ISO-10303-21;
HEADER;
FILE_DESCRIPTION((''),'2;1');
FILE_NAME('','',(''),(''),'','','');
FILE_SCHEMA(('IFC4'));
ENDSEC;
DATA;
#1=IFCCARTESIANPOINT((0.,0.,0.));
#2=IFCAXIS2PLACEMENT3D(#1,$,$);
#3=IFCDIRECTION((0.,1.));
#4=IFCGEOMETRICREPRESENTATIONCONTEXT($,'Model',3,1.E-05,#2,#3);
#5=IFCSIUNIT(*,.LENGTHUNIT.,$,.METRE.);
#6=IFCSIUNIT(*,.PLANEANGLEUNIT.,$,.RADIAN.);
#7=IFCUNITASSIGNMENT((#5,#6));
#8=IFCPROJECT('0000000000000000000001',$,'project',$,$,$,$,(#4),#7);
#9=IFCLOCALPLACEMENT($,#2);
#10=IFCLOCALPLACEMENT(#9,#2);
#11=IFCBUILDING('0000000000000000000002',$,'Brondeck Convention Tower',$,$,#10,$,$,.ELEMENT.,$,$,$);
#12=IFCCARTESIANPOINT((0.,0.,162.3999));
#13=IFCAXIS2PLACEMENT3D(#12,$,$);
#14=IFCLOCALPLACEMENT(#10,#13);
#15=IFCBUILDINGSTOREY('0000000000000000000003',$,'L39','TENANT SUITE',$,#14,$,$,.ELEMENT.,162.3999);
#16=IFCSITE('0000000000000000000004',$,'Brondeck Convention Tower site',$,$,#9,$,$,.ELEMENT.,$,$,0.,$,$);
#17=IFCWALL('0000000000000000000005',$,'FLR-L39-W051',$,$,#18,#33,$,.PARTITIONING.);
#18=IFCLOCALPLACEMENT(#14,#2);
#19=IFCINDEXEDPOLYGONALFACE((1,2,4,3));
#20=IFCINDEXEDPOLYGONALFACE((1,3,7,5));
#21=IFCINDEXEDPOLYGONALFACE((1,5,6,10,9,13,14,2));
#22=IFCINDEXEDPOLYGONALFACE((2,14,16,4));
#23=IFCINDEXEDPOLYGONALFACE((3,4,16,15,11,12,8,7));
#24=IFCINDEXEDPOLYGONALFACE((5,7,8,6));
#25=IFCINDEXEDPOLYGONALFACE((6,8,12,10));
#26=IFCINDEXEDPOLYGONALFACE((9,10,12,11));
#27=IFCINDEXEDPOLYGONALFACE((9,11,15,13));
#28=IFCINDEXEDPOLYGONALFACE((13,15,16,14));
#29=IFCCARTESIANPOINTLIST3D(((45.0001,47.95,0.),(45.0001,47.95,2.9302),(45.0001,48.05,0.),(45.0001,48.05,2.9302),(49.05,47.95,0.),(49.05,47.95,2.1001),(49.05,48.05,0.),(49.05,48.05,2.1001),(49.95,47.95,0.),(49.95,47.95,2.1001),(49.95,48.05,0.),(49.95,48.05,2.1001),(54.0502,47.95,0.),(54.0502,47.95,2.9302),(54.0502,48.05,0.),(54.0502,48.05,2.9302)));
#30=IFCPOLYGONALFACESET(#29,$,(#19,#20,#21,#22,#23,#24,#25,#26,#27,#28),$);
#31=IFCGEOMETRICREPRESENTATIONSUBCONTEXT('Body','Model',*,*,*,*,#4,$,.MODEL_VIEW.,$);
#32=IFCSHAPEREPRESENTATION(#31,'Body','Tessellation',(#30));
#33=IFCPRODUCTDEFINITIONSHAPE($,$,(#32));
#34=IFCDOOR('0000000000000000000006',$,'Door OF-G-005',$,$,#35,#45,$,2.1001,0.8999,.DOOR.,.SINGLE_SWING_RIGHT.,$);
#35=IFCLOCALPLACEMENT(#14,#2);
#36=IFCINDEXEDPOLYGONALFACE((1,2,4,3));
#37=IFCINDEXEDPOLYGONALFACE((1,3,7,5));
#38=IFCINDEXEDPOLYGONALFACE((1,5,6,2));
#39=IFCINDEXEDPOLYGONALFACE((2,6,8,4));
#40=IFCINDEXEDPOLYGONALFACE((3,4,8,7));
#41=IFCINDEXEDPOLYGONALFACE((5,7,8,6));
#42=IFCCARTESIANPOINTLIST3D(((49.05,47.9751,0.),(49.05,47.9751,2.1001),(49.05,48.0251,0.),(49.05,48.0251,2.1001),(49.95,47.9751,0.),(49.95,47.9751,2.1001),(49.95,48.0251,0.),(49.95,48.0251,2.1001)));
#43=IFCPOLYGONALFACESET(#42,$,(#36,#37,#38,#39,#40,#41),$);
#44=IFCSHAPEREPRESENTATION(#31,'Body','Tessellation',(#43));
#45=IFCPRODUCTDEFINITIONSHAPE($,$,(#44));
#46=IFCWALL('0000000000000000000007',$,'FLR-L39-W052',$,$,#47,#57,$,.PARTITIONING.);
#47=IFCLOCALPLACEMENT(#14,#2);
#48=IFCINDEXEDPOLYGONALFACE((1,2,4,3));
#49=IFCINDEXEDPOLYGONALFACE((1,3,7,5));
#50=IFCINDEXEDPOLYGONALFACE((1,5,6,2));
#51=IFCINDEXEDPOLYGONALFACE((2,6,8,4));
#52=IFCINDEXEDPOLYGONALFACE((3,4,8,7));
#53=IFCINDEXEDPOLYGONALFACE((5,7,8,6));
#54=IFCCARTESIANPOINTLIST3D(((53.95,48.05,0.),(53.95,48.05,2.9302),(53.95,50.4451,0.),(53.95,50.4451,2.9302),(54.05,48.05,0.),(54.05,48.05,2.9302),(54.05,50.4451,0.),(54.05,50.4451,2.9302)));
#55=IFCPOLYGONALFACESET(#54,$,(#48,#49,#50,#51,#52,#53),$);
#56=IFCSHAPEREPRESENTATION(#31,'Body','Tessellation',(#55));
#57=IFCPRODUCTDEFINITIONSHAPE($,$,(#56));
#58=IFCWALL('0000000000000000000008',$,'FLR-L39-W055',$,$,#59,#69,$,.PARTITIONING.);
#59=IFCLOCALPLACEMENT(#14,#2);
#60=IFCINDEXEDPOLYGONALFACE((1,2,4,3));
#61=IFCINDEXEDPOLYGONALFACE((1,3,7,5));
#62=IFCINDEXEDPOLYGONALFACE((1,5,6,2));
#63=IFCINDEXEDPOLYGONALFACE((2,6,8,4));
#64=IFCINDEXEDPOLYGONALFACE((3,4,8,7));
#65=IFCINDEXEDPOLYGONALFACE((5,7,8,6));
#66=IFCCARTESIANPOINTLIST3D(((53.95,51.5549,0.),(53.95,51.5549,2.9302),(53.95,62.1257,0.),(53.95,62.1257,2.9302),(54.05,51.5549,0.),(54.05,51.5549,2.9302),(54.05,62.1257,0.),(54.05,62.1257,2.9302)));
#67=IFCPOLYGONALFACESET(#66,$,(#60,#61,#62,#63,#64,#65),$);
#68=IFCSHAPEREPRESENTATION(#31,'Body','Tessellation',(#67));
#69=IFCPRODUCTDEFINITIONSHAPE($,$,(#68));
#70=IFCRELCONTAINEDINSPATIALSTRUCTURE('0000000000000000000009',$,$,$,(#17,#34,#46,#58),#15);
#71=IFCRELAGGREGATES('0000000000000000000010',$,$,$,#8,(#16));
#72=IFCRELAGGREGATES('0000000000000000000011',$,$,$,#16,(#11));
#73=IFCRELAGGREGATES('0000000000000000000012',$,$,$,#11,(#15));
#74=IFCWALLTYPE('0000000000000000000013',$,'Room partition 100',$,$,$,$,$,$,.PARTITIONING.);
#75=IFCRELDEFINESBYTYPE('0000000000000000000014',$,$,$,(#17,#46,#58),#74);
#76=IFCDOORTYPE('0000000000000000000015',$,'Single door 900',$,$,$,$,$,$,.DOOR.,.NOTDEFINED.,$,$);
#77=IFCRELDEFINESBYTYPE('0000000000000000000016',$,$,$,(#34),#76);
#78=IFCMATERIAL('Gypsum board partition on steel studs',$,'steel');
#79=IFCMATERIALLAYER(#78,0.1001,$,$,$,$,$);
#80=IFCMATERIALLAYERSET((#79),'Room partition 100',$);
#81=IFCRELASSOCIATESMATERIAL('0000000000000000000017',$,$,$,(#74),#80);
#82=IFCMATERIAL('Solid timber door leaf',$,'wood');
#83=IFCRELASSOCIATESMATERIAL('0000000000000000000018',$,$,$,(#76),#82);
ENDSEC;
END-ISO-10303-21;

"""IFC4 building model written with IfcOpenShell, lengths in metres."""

from ifc_helpers import new_model, si_unit, direction, frame, frame_2d, origin, place, context, subcontext, project, spatial, rectangle, extrude, material, layer, layer_set, type_object, element, fill, save


model = new_model("IFC4")

# Units and contexts
model_context = context("Model", 3, precision=1e-05, world=origin(), true_north=direction((0.0, 1.0)))
body_context = subcontext(model_context, "Body", "Model", "MODEL_VIEW")
ifc_project = project(units=[si_unit("LENGTHUNIT", "METRE"), si_unit("PLANEANGLEUNIT", "RADIAN")], contexts=[model_context])

# Site, building, storey
site_placement = place(None, origin())
site = spatial("IfcSite", under=ifc_project, at=site_placement, Name="Brondeck Convention Tower site", CompositionType="ELEMENT", RefElevation=0.0)
building_placement = place(site_placement, origin())
building = spatial("IfcBuilding", under=site, at=building_placement, Name="Brondeck Convention Tower", CompositionType="ELEMENT")
storey_placement = place(building_placement, frame((0.0, 0.0, 162.3999)))
storey = spatial("IfcBuildingStorey", under=building, at=storey_placement, Name="L39", Description="TENANT SUITE", CompositionType="ELEMENT", Elevation=162.3999)

# Wall, opening, door
ifc_material_1 = material(Name="Gypsum board partition on steel studs", Category="steel")
ifc_layer_1 = layer(ifc_material_1, 0.1001)
ifc_layer_set_1 = layer_set([ifc_layer_1], Name="Room partition 100")
wall_type_1 = type_object("IfcWallType", Name="Room partition 100", PredefinedType="PARTITIONING", material=ifc_layer_set_1)
wall_1_placement = place(storey_placement, frame((54.05, 48.0, 0.0), z_axis=(0.0, 0.0, 1.0), x_axis=(-1.0, 0.0, 0.0)))
wall_1 = element("IfcWall", 1, at=wall_1_placement, inside=storey, type_object=wall_type_1, Name="FLR-L39-W051", PredefinedType="PARTITIONING", context=body_context, shape_type="SweptSolid", body=[
    extrude(rectangle(XDim=9.05, YDim=0.1001, at=frame_2d((4.5249, 0.0))), origin(), (0.0, 0.0, 1.0), 2.9302),
])
opening_1_placement = place(wall_1_placement, frame((4.1001, 0.0, 0.0)))
opening_1 = element("IfcOpeningElement", 2, at=opening_1_placement, cuts=wall_1, PredefinedType="OPENING", context=body_context, shape_type="SweptSolid", body=[
    extrude(rectangle(XDim=0.8999, YDim=2.1001, at=frame_2d((0.45, 1.05))), frame((0.0, 0.0601, 0.0), z_axis=(0.0, -1.0, 0.0), x_axis=(1.0, 0.0, 0.0)), (0.0, 0.0, 1.0), 0.1201),
])
ifc_material_2 = material(Name="Solid timber door leaf", Category="wood")
door_type = type_object("IfcDoorType", Name="Single door 900", OperationType="NOTDEFINED", PredefinedType="DOOR", material=ifc_material_2)
door_placement = place(opening_1_placement, origin())
door = element("IfcDoor", 3, at=door_placement, inside=storey, type_object=door_type, Name="Door OF-G-005", OperationType="SINGLE_SWING_RIGHT", OverallHeight=2.1001, OverallWidth=0.8999, PredefinedType="DOOR", context=body_context, shape_type="SweptSolid", body=[
    extrude(rectangle(XDim=0.8999, YDim=2.1001, at=frame_2d((0.45, 1.05))), frame((0.0, 0.0249, 0.0), z_axis=(0.0, -1.0, 0.0), x_axis=(1.0, 0.0, 0.0)), (0.0, 0.0, 1.0), 0.05),
])
fill(opening_1, door)

# Walls
wall_2_placement = place(storey_placement, frame((54.0, 50.4451, 0.0), z_axis=(0.0, 0.0, 1.0), x_axis=(0.0, -1.0, 0.0)))
element("IfcWall", 4, at=wall_2_placement, inside=storey, type_object=wall_type_1, Name="FLR-L39-W052", PredefinedType="PARTITIONING", context=body_context, shape_type="SweptSolid", body=[
    extrude(rectangle(XDim=2.395, YDim=0.1001, at=frame_2d((1.1975, 0.0))), origin(), (0.0, 0.0, 1.0), 2.9302),
])
wall_3_placement = place(storey_placement, frame((54.0, 51.5549, 0.0), z_axis=(0.0, 0.0, 1.0), x_axis=(0.0, 1.0, 0.0)))
element("IfcWall", 5, at=wall_3_placement, inside=storey, type_object=wall_type_1, Name="FLR-L39-W055", PredefinedType="PARTITIONING", context=body_context, shape_type="SweptSolid", body=[
    extrude(rectangle(XDim=10.5708, YDim=0.1001, at=frame_2d((5.2854, 0.0))), origin(), (0.0, 0.0, 1.0), 2.9302),
])

save(model, "model.ifc")
